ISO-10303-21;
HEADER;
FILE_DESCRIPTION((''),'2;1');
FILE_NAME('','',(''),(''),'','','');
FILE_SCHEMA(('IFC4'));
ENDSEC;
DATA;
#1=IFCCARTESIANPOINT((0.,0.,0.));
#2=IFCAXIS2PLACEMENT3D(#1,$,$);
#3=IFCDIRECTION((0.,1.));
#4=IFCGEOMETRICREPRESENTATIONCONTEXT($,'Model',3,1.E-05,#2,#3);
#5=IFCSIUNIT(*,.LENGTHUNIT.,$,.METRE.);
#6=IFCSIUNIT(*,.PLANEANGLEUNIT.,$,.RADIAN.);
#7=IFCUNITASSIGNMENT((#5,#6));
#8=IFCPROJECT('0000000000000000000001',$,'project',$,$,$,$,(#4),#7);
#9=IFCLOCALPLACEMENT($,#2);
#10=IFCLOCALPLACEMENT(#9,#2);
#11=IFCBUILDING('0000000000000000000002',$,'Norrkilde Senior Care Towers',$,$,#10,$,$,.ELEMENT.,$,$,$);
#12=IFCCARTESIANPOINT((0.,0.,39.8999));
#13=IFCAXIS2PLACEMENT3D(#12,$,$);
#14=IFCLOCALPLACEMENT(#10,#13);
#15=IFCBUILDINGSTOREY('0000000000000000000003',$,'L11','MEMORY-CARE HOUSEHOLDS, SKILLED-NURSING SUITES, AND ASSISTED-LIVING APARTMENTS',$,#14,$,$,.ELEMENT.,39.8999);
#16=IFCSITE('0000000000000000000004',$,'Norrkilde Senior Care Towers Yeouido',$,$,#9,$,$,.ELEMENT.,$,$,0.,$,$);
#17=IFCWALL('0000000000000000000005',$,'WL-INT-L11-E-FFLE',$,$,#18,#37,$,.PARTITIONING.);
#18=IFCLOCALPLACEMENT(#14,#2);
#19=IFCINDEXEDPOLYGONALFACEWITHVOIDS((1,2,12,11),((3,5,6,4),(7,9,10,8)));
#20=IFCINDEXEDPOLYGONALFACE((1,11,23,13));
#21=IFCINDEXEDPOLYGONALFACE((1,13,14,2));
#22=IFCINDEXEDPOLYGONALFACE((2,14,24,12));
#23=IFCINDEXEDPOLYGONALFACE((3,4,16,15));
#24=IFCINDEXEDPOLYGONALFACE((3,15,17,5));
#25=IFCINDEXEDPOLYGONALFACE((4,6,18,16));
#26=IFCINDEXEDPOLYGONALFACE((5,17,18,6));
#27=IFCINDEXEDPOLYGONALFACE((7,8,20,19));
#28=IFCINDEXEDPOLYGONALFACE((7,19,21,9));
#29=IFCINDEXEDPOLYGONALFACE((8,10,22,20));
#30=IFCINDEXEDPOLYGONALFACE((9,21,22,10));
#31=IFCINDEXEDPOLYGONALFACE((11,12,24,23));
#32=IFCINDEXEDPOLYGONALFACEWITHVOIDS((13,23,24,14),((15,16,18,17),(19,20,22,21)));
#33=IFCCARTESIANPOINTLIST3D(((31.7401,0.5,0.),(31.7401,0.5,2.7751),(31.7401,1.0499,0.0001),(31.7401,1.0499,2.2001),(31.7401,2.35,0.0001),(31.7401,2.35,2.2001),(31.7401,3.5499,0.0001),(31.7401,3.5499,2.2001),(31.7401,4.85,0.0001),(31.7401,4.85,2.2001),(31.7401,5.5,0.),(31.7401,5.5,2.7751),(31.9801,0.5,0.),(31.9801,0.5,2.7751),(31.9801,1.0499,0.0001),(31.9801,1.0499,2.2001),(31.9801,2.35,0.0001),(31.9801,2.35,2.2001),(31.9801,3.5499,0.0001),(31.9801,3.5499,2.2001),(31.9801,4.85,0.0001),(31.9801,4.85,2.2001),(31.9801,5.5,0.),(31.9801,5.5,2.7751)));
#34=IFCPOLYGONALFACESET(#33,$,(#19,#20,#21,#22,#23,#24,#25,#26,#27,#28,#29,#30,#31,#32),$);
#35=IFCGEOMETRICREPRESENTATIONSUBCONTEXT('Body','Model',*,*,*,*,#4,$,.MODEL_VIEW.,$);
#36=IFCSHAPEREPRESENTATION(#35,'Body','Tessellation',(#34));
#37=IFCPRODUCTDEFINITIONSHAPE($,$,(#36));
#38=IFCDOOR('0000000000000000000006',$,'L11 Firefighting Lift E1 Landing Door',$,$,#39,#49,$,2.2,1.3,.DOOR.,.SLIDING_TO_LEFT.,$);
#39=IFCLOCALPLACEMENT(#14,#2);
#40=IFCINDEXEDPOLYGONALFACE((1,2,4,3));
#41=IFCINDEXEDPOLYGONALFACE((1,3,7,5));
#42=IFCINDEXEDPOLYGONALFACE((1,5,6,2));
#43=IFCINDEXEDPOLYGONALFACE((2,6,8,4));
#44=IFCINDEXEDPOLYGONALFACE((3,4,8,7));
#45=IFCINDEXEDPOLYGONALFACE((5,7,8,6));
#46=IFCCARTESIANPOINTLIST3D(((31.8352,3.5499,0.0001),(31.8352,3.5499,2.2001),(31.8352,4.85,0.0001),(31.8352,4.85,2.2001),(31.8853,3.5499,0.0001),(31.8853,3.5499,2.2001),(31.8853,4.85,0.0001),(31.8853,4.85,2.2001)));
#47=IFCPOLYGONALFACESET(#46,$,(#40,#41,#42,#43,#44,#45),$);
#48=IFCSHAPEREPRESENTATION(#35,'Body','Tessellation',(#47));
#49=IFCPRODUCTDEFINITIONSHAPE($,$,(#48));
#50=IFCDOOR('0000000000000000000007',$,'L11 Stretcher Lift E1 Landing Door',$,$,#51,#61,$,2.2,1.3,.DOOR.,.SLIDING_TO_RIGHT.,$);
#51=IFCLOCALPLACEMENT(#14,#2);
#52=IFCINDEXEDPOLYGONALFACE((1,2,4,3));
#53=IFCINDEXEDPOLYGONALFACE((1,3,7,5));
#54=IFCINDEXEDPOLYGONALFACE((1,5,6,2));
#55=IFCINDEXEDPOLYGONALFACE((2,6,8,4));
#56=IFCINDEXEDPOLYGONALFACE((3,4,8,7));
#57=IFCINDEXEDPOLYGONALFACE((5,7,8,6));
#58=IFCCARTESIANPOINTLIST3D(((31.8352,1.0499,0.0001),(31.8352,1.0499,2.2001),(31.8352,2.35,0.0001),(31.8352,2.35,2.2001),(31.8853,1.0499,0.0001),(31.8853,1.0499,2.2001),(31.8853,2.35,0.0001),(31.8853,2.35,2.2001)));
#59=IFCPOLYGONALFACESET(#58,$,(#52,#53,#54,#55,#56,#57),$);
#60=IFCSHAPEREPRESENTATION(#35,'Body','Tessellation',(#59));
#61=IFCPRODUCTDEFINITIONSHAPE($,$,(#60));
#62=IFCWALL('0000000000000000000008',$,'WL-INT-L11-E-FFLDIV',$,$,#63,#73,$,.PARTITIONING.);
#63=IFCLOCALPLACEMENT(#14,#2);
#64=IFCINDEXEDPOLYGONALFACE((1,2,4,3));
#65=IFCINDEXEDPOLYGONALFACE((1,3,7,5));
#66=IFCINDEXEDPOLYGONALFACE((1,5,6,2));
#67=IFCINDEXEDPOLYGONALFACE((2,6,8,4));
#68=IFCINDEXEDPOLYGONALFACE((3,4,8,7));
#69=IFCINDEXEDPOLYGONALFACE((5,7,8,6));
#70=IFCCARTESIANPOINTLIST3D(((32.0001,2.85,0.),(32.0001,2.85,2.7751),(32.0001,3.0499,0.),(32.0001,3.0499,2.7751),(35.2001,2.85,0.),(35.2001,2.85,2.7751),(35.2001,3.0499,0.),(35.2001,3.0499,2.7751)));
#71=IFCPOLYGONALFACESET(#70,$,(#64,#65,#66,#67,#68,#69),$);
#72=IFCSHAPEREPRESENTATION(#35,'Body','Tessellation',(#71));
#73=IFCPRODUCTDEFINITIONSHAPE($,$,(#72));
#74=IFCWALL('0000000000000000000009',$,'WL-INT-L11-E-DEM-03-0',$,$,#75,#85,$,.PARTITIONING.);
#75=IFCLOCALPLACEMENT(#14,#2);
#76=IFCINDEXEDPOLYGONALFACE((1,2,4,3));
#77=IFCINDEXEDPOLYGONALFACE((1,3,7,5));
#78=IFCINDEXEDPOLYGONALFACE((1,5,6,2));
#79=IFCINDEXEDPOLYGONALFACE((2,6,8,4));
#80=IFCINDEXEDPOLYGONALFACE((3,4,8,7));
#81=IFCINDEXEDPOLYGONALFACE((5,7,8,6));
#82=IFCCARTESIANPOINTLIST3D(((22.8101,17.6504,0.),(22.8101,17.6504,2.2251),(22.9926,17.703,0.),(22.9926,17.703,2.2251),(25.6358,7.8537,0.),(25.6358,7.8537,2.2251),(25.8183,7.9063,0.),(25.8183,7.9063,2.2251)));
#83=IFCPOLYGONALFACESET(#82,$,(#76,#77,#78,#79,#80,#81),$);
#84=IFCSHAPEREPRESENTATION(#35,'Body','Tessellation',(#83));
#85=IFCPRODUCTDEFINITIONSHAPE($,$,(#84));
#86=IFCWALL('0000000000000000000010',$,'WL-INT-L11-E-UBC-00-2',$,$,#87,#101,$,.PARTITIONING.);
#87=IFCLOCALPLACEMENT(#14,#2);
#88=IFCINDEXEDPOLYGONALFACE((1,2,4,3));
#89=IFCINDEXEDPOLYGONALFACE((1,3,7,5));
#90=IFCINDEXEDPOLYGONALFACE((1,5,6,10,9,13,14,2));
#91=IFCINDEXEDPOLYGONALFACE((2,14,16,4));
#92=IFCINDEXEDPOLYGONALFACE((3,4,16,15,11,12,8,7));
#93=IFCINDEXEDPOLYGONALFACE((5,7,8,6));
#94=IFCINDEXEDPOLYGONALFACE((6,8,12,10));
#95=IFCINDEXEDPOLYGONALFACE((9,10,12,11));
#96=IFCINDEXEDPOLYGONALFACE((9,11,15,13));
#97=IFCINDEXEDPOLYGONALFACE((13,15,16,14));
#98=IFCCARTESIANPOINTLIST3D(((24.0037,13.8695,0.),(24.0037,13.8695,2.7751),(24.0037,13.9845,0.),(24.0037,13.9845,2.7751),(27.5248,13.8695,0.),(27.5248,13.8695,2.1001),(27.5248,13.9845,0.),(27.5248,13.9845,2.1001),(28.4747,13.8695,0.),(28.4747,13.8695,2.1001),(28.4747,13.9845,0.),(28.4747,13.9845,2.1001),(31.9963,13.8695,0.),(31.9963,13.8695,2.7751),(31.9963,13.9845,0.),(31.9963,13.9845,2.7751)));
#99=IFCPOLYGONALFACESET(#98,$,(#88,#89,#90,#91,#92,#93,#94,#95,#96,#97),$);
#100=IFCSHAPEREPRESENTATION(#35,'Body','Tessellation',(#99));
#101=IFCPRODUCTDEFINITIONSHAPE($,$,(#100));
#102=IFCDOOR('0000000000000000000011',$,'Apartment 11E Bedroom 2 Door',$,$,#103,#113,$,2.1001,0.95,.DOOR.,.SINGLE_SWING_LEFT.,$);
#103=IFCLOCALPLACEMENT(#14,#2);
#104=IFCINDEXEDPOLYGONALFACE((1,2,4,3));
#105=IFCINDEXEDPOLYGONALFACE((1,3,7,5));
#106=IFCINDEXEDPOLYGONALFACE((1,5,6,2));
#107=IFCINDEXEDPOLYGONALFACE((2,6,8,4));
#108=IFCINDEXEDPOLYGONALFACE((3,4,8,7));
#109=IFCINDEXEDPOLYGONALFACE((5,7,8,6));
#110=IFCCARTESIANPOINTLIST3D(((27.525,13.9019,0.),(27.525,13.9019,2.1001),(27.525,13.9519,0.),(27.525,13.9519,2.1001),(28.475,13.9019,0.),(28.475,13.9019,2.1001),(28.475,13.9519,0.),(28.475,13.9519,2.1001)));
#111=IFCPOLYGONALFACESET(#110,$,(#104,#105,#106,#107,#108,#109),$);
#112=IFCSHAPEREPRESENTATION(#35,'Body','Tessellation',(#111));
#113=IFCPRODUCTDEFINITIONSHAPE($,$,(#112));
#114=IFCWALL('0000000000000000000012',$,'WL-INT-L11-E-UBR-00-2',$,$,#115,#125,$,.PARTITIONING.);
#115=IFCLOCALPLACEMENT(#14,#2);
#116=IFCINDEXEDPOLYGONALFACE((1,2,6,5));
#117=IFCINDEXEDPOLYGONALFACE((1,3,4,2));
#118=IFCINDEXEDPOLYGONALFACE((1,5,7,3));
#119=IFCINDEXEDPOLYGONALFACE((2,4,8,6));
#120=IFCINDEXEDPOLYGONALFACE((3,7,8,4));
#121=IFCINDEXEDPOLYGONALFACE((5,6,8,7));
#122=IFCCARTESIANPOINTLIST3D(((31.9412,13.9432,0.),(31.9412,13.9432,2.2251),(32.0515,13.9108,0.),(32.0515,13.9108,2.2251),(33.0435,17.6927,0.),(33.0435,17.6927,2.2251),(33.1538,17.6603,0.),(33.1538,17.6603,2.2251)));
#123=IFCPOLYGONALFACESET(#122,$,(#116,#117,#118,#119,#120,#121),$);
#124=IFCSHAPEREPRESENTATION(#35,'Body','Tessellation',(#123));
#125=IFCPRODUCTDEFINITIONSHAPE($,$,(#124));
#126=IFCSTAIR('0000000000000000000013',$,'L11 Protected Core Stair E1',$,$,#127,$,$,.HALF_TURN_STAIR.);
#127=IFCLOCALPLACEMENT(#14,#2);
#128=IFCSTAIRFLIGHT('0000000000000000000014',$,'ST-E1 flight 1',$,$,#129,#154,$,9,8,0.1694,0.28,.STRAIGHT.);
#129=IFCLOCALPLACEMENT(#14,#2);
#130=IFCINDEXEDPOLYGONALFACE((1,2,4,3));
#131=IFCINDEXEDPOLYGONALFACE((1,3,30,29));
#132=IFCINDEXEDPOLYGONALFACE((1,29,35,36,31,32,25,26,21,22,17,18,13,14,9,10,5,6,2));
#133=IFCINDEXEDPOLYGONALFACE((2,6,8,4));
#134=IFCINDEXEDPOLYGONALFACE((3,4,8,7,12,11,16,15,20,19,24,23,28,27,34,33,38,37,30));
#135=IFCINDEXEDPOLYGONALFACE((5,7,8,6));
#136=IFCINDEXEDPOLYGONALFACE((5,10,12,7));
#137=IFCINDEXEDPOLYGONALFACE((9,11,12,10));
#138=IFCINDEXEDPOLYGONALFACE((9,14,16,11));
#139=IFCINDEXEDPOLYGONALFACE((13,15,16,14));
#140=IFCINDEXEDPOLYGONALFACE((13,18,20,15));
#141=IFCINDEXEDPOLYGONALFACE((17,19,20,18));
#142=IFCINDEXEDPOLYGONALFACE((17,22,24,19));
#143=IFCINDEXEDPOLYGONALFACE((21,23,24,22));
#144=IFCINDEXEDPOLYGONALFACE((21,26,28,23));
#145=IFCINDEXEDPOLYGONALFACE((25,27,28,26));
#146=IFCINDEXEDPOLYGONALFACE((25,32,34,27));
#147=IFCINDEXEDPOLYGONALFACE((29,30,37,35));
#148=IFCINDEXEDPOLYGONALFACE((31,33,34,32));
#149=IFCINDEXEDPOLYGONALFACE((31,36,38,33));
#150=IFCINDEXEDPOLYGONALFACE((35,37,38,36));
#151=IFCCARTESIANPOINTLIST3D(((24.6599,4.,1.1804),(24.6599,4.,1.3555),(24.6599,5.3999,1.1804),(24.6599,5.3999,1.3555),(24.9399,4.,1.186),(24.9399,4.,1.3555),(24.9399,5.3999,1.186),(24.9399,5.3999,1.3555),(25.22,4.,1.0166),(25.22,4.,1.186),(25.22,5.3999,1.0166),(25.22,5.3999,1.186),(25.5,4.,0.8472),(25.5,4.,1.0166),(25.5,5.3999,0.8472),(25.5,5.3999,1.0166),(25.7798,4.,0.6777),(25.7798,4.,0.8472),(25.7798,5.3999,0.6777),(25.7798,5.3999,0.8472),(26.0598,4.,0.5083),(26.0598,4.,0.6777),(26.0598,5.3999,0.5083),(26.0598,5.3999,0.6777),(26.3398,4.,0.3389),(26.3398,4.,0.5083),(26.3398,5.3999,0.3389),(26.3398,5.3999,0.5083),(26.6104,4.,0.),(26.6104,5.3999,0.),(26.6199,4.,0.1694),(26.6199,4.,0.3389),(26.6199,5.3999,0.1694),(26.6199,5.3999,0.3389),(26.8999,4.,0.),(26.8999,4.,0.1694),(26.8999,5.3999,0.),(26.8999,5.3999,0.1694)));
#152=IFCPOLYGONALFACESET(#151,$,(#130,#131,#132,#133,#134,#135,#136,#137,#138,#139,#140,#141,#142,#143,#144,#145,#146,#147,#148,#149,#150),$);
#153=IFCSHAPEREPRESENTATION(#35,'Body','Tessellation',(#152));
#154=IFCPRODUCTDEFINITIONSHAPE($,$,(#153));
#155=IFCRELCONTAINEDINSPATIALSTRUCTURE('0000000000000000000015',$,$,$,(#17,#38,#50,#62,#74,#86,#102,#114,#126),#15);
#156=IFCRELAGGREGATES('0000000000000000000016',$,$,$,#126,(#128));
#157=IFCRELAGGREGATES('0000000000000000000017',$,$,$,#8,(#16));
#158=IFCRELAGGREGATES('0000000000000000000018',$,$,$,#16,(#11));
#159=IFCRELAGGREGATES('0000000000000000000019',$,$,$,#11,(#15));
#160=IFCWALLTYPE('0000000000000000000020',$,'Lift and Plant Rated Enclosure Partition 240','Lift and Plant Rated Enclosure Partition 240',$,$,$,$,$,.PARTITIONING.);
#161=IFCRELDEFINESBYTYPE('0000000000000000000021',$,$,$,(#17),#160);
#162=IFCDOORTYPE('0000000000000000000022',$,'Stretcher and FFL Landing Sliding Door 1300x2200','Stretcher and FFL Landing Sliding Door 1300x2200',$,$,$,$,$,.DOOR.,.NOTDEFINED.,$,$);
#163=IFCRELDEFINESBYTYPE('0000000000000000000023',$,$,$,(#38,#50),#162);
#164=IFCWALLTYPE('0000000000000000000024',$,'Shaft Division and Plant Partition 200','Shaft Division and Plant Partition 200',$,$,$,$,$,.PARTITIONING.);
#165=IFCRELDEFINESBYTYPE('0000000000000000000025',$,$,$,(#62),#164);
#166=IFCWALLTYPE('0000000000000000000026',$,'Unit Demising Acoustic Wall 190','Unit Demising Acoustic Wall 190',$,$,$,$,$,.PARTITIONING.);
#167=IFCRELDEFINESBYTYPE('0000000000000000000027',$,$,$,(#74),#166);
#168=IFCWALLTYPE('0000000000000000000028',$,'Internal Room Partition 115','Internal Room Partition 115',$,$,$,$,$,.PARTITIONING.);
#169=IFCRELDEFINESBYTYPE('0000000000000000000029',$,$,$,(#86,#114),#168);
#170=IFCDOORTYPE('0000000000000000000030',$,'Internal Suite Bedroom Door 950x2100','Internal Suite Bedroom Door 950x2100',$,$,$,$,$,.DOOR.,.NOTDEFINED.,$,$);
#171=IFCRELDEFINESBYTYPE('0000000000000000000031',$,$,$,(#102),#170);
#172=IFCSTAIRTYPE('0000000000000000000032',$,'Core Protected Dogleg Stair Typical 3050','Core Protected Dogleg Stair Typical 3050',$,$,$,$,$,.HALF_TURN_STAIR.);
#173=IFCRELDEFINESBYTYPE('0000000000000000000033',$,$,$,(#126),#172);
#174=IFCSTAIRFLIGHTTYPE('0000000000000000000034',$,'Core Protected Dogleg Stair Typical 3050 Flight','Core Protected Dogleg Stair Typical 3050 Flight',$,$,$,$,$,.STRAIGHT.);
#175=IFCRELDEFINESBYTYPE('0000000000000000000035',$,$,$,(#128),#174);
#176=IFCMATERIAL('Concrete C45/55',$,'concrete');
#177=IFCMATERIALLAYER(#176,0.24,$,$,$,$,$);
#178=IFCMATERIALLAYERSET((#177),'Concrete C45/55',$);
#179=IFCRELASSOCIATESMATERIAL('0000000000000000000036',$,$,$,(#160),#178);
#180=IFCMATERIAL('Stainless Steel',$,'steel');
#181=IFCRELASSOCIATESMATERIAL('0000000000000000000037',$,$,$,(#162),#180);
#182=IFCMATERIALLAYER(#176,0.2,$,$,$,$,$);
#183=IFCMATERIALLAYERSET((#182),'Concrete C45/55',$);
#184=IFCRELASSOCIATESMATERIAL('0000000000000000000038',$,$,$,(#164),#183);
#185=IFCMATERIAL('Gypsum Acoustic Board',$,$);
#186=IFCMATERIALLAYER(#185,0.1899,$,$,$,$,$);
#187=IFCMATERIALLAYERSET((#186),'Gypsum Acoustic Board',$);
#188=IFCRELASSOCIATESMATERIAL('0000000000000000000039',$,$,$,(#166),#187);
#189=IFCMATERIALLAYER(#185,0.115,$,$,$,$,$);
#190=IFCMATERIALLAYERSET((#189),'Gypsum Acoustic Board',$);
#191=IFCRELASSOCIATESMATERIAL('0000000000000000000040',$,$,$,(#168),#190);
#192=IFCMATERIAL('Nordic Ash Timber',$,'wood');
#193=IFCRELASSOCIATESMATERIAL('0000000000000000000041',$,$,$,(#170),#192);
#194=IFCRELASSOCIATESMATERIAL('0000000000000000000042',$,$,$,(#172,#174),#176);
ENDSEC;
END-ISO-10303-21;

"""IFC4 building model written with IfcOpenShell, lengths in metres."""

from ifc_helpers import new_model, si_unit, direction, frame, frame_2d, origin, place, context, subcontext, project, spatial, polyline, rectangle, outline, extrude, source, transform, mapped, material, layer, layer_set, type_object, type_shapes, element, fill, aggregate, save


model = new_model("IFC4")

# Units and contexts
model_context = context("Model", 3, precision=1e-05, world=origin(), true_north=direction((0.0, 1.0)))
body_context = subcontext(model_context, "Body", "Model", "MODEL_VIEW")
ifc_project = project(units=[si_unit("LENGTHUNIT", "METRE"), si_unit("PLANEANGLEUNIT", "RADIAN")], contexts=[model_context])

# Site, building, storey
site_placement = place(None, origin())
site = spatial("IfcSite", under=ifc_project, at=site_placement, Name="Norrkilde Senior Care Towers Yeouido", CompositionType="ELEMENT", RefElevation=0.0)
building_placement = place(site_placement, origin())
building = spatial("IfcBuilding", under=site, at=building_placement, Name="Norrkilde Senior Care Towers", CompositionType="ELEMENT")
storey_placement = place(building_placement, frame((0.0, 0.0, 39.8999)))
storey = spatial("IfcBuildingStorey", under=building, at=storey_placement, Name="L11", Description="MEMORY-CARE HOUSEHOLDS, SKILLED-NURSING SUITES, AND ASSISTED-LIVING APARTMENTS", CompositionType="ELEMENT", Elevation=39.8999)

# Shared definitions
ifc_material_1 = material(Name="Concrete C45/55", Category="concrete")

# Wall, openings, doors
ifc_layer_1 = layer(ifc_material_1, 0.24)
ifc_layer_set_1 = layer_set([ifc_layer_1], Name="Concrete C45/55")
wall_type_1 = type_object("IfcWallType", Name="Lift and Plant Rated Enclosure Partition 240", Description="Lift and Plant Rated Enclosure Partition 240", PredefinedType="PARTITIONING", material=ifc_layer_set_1)
shared_shape_1 = source(origin(), body_context, "Body", "SweptSolid", [
    extrude(rectangle(XDim=5.0, YDim=0.24, at=frame_2d((2.5, 0.0))), origin(), (0.0, 0.0, 1.0), 2.7751),
])
type_shapes(wall_type_1, [shared_shape_1])
wall_1_placement = place(storey_placement, frame((31.8601, 0.5, 0.0), z_axis=(0.0, 0.0, 1.0), x_axis=(0.0, 1.0, 0.0)))
wall_1 = element("IfcWall", 1, at=wall_1_placement, inside=storey, type_object=wall_type_1, Name="WL-INT-L11-E-FFLE", PredefinedType="PARTITIONING", context=body_context, shape_type="MappedRepresentation", body=[
    mapped(shared_shape_1, transform((0.0, 0.0, 0.0), x_axis=(1.0, 0.0, 0.0), y_axis=(0.0, 1.0, 0.0), z_axis=(0.0, 0.0, 1.0), scale=1.0)),
])
opening_1_placement = place(wall_1_placement, frame((3.05, 0.0, 0.0)))
opening_1 = element("IfcOpeningElement", 2, at=opening_1_placement, cuts=wall_1, PredefinedType="OPENING", context=body_context, shape_type="SweptSolid", body=[
    extrude(rectangle(XDim=1.3, YDim=2.2, at=frame_2d((0.6499, 1.1001))), frame((0.0, 0.1299, 0.0), z_axis=(0.0, -1.0, 0.0), x_axis=(1.0, 0.0, 0.0)), (0.0, 0.0, 1.0), 0.26),
])
opening_2_placement = place(wall_1_placement, frame((0.55, 0.0, 0.0)))
opening_2 = element("IfcOpeningElement", 3, at=opening_2_placement, cuts=wall_1, PredefinedType="OPENING", context=body_context, shape_type="SweptSolid", body=[
    extrude(rectangle(XDim=1.3, YDim=2.2, at=frame_2d((0.6499, 1.1001))), frame((0.0, 0.1299, 0.0), z_axis=(0.0, -1.0, 0.0), x_axis=(1.0, 0.0, 0.0)), (0.0, 0.0, 1.0), 0.26),
])
ifc_material_2 = material(Name="Stainless Steel", Category="steel")
door_type_1 = type_object("IfcDoorType", Name="Stretcher and FFL Landing Sliding Door 1300x2200", Description="Stretcher and FFL Landing Sliding Door 1300x2200", OperationType="NOTDEFINED", PredefinedType="DOOR", material=ifc_material_2)
shared_shape_2 = source(origin(), body_context, "Body", "SweptSolid", [
    extrude(rectangle(XDim=1.3, YDim=2.2, at=frame_2d((0.6499, 1.1001))), frame((0.0, 0.0249, 0.0), z_axis=(0.0, -1.0, 0.0), x_axis=(1.0, 0.0, 0.0)), (0.0, 0.0, 1.0), 0.05),
])
type_shapes(door_type_1, [shared_shape_2])
door_1_placement = place(opening_1_placement, origin())
door_1 = element("IfcDoor", 4, at=door_1_placement, inside=storey, type_object=door_type_1, Name="L11 Firefighting Lift E1 Landing Door", OperationType="SLIDING_TO_LEFT", OverallHeight=2.2, OverallWidth=1.3, PredefinedType="DOOR", context=body_context, shape_type="MappedRepresentation", body=[
    mapped(shared_shape_2, transform((0.0, 0.0, 0.0), x_axis=(1.0, 0.0, 0.0), y_axis=(0.0, 1.0, 0.0), z_axis=(0.0, 0.0, 1.0), scale=1.0)),
])
fill(opening_1, door_1)
door_2_placement = place(opening_2_placement, origin())
door_2 = element("IfcDoor", 5, at=door_2_placement, inside=storey, type_object=door_type_1, Name="L11 Stretcher Lift E1 Landing Door", OperationType="SLIDING_TO_RIGHT", OverallHeight=2.2, OverallWidth=1.3, PredefinedType="DOOR", context=body_context, shape_type="MappedRepresentation", body=[
    mapped(shared_shape_2, transform((0.0, 0.0, 0.0), x_axis=(1.0, 0.0, 0.0), y_axis=(0.0, 1.0, 0.0), z_axis=(0.0, 0.0, 1.0), scale=1.0)),
])
fill(opening_2, door_2)

# Wall
ifc_layer_2 = layer(ifc_material_1, 0.2)
ifc_layer_set_2 = layer_set([ifc_layer_2], Name="Concrete C45/55")
wall_type_2 = type_object("IfcWallType", Name="Shaft Division and Plant Partition 200", Description="Shaft Division and Plant Partition 200", PredefinedType="PARTITIONING", material=ifc_layer_set_2)
shared_shape_3 = source(origin(), body_context, "Body", "SweptSolid", [
    extrude(rectangle(XDim=3.2, YDim=0.2, at=frame_2d((1.6001, 0.0))), origin(), (0.0, 0.0, 1.0), 2.7751),
])
type_shapes(wall_type_2, [shared_shape_3])
wall_2_placement = place(storey_placement, frame((32.0, 2.95, 0.0), z_axis=(0.0, 0.0, 1.0), x_axis=(1.0, 0.0, 0.0)))
element("IfcWall", 6, at=wall_2_placement, inside=storey, type_object=wall_type_2, Name="WL-INT-L11-E-FFLDIV", PredefinedType="PARTITIONING", context=body_context, shape_type="MappedRepresentation", body=[
    mapped(shared_shape_3, transform((0.0, 0.0, 0.0), x_axis=(1.0, 0.0, 0.0), y_axis=(0.0, 1.0, 0.0), z_axis=(0.0, 0.0, 1.0), scale=1.0)),
])

# Wall
ifc_material_3 = material(Name="Gypsum Acoustic Board")
ifc_layer_3 = layer(ifc_material_3, 0.1899)
ifc_layer_set_3 = layer_set([ifc_layer_3], Name="Gypsum Acoustic Board")
wall_type_3 = type_object("IfcWallType", Name="Unit Demising Acoustic Wall 190", Description="Unit Demising Acoustic Wall 190", PredefinedType="PARTITIONING", material=ifc_layer_set_3)
shared_shape_4 = source(origin(), body_context, "Body", "SweptSolid", [
    extrude(rectangle(XDim=10.196, YDim=0.1899, at=frame_2d((5.0981, 0.0))), origin(), (0.0, 0.0, 1.0), 2.2251),
])
type_shapes(wall_type_3, [shared_shape_4])
wall_3_placement = place(storey_placement, frame((25.7271, 7.8799, 0.0), z_axis=(0.0, 0.0, 1.0), x_axis=(-0.277136, 0.960831, 0.0)))
element("IfcWall", 7, at=wall_3_placement, inside=storey, type_object=wall_type_3, Name="WL-INT-L11-E-DEM-03-0", PredefinedType="PARTITIONING", context=body_context, shape_type="MappedRepresentation", body=[
    mapped(shared_shape_4, transform((0.0, 0.0, 0.0), x_axis=(1.0, 0.0, 0.0), y_axis=(0.0, 1.0, 0.0), z_axis=(0.0, 0.0, 1.0), scale=1.0)),
])

# Wall, opening, door
ifc_layer_4 = layer(ifc_material_3, 0.115)
ifc_layer_set_4 = layer_set([ifc_layer_4], Name="Gypsum Acoustic Board")
wall_type_4 = type_object("IfcWallType", Name="Internal Room Partition 115", Description="Internal Room Partition 115", PredefinedType="PARTITIONING", material=ifc_layer_set_4)
shared_shape_5 = source(origin(), body_context, "Body", "SweptSolid", [
    extrude(rectangle(XDim=7.9927, YDim=0.115, at=frame_2d((3.9963, 0.0))), origin(), (0.0, 0.0, 1.0), 2.7751),
])
wall_4_placement = place(storey_placement, frame((31.9963, 13.927, 0.0), z_axis=(0.0, 0.0, 1.0), x_axis=(-1.0, 0.0, 0.0)))
wall_4 = element("IfcWall", 8, at=wall_4_placement, inside=storey, type_object=wall_type_4, Name="WL-INT-L11-E-UBC-00-2", PredefinedType="PARTITIONING", context=body_context, shape_type="MappedRepresentation", body=[
    mapped(shared_shape_5, transform((0.0, 0.0, 0.0), x_axis=(1.0, 0.0, 0.0), y_axis=(0.0, 1.0, 0.0), z_axis=(0.0, 0.0, 1.0), scale=1.0)),
])
opening_3_placement = place(wall_4_placement, frame((3.5215, 0.0, 0.0)))
opening_3 = element("IfcOpeningElement", 9, at=opening_3_placement, cuts=wall_4, PredefinedType="OPENING", context=body_context, shape_type="SweptSolid", body=[
    extrude(rectangle(XDim=0.95, YDim=2.1001, at=frame_2d((0.4751, 1.05))), frame((0.0, 0.0674, 0.0), z_axis=(0.0, -1.0, 0.0), x_axis=(1.0, 0.0, 0.0)), (0.0, 0.0, 1.0), 0.135),
])
ifc_material_4 = material(Name="Nordic Ash Timber", Category="wood")
door_type_2 = type_object("IfcDoorType", Name="Internal Suite Bedroom Door 950x2100", Description="Internal Suite Bedroom Door 950x2100", OperationType="NOTDEFINED", PredefinedType="DOOR", material=ifc_material_4)
shared_shape_6 = source(origin(), body_context, "Body", "SweptSolid", [
    extrude(rectangle(XDim=0.95, YDim=2.1001, at=frame_2d((0.4751, 1.05))), frame((0.0, 0.0249, 0.0), z_axis=(0.0, -1.0, 0.0), x_axis=(1.0, 0.0, 0.0)), (0.0, 0.0, 1.0), 0.05),
])
type_shapes(door_type_2, [shared_shape_6])
door_3_placement = place(opening_3_placement, frame((0.95, 0.0, 0.0), z_axis=(0.0, 0.0, 1.0), x_axis=(-1.0, 0.0, 0.0)))
door_3 = element("IfcDoor", 10, at=door_3_placement, inside=storey, type_object=door_type_2, Name="Apartment 11E Bedroom 2 Door", OperationType="SINGLE_SWING_LEFT", OverallHeight=2.1001, OverallWidth=0.95, PredefinedType="DOOR", context=body_context, shape_type="MappedRepresentation", body=[
    mapped(shared_shape_6, transform((0.0, 0.0, 0.0), x_axis=(1.0, 0.0, 0.0), y_axis=(0.0, 1.0, 0.0), z_axis=(0.0, 0.0, 1.0), scale=1.0)),
])
fill(opening_3, door_3)

# Wall
shared_shape_7 = source(origin(), body_context, "Body", "SweptSolid", [
    extrude(rectangle(XDim=3.9082, YDim=0.115, at=frame_2d((1.9541, 0.0))), origin(), (0.0, 0.0, 1.0), 2.2251),
])
type_shapes(wall_type_4, [shared_shape_5, shared_shape_7])
wall_5_placement = place(storey_placement, frame((31.9963, 13.927, 0.0), z_axis=(0.0, 0.0, 1.0), x_axis=(0.282048, 0.9594, 0.0)))
element("IfcWall", 11, at=wall_5_placement, inside=storey, type_object=wall_type_4, Name="WL-INT-L11-E-UBR-00-2", PredefinedType="PARTITIONING", context=body_context, shape_type="MappedRepresentation", body=[
    mapped(shared_shape_7, transform((0.0, 0.0, 0.0), x_axis=(1.0, 0.0, 0.0), y_axis=(0.0, 1.0, 0.0), z_axis=(0.0, 0.0, 1.0), scale=1.0)),
])

# Stair, stair flight
stair_type = type_object("IfcStairType", Name="Core Protected Dogleg Stair Typical 3050", Description="Core Protected Dogleg Stair Typical 3050", PredefinedType="HALF_TURN_STAIR", material=ifc_material_1)
stair_placement = place(storey_placement, origin())
stair = element("IfcStair", 12, at=stair_placement, inside=storey, type_object=stair_type, Name="L11 Protected Core Stair E1", PredefinedType="HALF_TURN_STAIR")
stair_flight_type = type_object("IfcStairFlightType", Name="Core Protected Dogleg Stair Typical 3050 Flight", Description="Core Protected Dogleg Stair Typical 3050 Flight", PredefinedType="STRAIGHT", material=ifc_material_1)
stair_flight_placement = place(storey_placement, frame((26.8999, 4.7, 0.0), z_axis=(0.0, 0.0, 1.0), x_axis=(-1.0, 0.0, 0.0)))
stair_flight = element("IfcStairFlight", 13, at=stair_flight_placement, type_object=stair_flight_type, Name="ST-E1 flight 1", NumberOfRisers=9, NumberOfTreads=8, PredefinedType="STRAIGHT", RiserHeight=0.1694, TreadLength=0.28, context=body_context, shape_type="SweptSolid", body=[
    extrude(outline(polyline([(0.0, 0.0), (0.0, 0.1694), (0.28, 0.1694), (0.28, 0.3389), (0.5601, 0.3389), (0.5601, 0.5083), (0.8401, 0.5083), (0.8401, 0.6777), (1.1201, 0.6777), (1.1201, 0.8472), (1.3999, 0.8472), (1.3999, 1.0166), (1.6799, 1.0166), (1.6799, 1.186), (1.96, 1.186), (1.96, 1.3555), (2.24, 1.3555), (2.24, 1.5249), (2.24, 1.1804), (0.2896, 0.0), (0.0, 0.0)])), frame((0.0, 0.7, 0.0), z_axis=(0.0, -1.0, 0.0), x_axis=(1.0, 0.0, 0.0)), (0.0, 0.0, 1.0), 1.3999),
])
aggregate(stair, [stair_flight])

save(model, "model.ifc")
